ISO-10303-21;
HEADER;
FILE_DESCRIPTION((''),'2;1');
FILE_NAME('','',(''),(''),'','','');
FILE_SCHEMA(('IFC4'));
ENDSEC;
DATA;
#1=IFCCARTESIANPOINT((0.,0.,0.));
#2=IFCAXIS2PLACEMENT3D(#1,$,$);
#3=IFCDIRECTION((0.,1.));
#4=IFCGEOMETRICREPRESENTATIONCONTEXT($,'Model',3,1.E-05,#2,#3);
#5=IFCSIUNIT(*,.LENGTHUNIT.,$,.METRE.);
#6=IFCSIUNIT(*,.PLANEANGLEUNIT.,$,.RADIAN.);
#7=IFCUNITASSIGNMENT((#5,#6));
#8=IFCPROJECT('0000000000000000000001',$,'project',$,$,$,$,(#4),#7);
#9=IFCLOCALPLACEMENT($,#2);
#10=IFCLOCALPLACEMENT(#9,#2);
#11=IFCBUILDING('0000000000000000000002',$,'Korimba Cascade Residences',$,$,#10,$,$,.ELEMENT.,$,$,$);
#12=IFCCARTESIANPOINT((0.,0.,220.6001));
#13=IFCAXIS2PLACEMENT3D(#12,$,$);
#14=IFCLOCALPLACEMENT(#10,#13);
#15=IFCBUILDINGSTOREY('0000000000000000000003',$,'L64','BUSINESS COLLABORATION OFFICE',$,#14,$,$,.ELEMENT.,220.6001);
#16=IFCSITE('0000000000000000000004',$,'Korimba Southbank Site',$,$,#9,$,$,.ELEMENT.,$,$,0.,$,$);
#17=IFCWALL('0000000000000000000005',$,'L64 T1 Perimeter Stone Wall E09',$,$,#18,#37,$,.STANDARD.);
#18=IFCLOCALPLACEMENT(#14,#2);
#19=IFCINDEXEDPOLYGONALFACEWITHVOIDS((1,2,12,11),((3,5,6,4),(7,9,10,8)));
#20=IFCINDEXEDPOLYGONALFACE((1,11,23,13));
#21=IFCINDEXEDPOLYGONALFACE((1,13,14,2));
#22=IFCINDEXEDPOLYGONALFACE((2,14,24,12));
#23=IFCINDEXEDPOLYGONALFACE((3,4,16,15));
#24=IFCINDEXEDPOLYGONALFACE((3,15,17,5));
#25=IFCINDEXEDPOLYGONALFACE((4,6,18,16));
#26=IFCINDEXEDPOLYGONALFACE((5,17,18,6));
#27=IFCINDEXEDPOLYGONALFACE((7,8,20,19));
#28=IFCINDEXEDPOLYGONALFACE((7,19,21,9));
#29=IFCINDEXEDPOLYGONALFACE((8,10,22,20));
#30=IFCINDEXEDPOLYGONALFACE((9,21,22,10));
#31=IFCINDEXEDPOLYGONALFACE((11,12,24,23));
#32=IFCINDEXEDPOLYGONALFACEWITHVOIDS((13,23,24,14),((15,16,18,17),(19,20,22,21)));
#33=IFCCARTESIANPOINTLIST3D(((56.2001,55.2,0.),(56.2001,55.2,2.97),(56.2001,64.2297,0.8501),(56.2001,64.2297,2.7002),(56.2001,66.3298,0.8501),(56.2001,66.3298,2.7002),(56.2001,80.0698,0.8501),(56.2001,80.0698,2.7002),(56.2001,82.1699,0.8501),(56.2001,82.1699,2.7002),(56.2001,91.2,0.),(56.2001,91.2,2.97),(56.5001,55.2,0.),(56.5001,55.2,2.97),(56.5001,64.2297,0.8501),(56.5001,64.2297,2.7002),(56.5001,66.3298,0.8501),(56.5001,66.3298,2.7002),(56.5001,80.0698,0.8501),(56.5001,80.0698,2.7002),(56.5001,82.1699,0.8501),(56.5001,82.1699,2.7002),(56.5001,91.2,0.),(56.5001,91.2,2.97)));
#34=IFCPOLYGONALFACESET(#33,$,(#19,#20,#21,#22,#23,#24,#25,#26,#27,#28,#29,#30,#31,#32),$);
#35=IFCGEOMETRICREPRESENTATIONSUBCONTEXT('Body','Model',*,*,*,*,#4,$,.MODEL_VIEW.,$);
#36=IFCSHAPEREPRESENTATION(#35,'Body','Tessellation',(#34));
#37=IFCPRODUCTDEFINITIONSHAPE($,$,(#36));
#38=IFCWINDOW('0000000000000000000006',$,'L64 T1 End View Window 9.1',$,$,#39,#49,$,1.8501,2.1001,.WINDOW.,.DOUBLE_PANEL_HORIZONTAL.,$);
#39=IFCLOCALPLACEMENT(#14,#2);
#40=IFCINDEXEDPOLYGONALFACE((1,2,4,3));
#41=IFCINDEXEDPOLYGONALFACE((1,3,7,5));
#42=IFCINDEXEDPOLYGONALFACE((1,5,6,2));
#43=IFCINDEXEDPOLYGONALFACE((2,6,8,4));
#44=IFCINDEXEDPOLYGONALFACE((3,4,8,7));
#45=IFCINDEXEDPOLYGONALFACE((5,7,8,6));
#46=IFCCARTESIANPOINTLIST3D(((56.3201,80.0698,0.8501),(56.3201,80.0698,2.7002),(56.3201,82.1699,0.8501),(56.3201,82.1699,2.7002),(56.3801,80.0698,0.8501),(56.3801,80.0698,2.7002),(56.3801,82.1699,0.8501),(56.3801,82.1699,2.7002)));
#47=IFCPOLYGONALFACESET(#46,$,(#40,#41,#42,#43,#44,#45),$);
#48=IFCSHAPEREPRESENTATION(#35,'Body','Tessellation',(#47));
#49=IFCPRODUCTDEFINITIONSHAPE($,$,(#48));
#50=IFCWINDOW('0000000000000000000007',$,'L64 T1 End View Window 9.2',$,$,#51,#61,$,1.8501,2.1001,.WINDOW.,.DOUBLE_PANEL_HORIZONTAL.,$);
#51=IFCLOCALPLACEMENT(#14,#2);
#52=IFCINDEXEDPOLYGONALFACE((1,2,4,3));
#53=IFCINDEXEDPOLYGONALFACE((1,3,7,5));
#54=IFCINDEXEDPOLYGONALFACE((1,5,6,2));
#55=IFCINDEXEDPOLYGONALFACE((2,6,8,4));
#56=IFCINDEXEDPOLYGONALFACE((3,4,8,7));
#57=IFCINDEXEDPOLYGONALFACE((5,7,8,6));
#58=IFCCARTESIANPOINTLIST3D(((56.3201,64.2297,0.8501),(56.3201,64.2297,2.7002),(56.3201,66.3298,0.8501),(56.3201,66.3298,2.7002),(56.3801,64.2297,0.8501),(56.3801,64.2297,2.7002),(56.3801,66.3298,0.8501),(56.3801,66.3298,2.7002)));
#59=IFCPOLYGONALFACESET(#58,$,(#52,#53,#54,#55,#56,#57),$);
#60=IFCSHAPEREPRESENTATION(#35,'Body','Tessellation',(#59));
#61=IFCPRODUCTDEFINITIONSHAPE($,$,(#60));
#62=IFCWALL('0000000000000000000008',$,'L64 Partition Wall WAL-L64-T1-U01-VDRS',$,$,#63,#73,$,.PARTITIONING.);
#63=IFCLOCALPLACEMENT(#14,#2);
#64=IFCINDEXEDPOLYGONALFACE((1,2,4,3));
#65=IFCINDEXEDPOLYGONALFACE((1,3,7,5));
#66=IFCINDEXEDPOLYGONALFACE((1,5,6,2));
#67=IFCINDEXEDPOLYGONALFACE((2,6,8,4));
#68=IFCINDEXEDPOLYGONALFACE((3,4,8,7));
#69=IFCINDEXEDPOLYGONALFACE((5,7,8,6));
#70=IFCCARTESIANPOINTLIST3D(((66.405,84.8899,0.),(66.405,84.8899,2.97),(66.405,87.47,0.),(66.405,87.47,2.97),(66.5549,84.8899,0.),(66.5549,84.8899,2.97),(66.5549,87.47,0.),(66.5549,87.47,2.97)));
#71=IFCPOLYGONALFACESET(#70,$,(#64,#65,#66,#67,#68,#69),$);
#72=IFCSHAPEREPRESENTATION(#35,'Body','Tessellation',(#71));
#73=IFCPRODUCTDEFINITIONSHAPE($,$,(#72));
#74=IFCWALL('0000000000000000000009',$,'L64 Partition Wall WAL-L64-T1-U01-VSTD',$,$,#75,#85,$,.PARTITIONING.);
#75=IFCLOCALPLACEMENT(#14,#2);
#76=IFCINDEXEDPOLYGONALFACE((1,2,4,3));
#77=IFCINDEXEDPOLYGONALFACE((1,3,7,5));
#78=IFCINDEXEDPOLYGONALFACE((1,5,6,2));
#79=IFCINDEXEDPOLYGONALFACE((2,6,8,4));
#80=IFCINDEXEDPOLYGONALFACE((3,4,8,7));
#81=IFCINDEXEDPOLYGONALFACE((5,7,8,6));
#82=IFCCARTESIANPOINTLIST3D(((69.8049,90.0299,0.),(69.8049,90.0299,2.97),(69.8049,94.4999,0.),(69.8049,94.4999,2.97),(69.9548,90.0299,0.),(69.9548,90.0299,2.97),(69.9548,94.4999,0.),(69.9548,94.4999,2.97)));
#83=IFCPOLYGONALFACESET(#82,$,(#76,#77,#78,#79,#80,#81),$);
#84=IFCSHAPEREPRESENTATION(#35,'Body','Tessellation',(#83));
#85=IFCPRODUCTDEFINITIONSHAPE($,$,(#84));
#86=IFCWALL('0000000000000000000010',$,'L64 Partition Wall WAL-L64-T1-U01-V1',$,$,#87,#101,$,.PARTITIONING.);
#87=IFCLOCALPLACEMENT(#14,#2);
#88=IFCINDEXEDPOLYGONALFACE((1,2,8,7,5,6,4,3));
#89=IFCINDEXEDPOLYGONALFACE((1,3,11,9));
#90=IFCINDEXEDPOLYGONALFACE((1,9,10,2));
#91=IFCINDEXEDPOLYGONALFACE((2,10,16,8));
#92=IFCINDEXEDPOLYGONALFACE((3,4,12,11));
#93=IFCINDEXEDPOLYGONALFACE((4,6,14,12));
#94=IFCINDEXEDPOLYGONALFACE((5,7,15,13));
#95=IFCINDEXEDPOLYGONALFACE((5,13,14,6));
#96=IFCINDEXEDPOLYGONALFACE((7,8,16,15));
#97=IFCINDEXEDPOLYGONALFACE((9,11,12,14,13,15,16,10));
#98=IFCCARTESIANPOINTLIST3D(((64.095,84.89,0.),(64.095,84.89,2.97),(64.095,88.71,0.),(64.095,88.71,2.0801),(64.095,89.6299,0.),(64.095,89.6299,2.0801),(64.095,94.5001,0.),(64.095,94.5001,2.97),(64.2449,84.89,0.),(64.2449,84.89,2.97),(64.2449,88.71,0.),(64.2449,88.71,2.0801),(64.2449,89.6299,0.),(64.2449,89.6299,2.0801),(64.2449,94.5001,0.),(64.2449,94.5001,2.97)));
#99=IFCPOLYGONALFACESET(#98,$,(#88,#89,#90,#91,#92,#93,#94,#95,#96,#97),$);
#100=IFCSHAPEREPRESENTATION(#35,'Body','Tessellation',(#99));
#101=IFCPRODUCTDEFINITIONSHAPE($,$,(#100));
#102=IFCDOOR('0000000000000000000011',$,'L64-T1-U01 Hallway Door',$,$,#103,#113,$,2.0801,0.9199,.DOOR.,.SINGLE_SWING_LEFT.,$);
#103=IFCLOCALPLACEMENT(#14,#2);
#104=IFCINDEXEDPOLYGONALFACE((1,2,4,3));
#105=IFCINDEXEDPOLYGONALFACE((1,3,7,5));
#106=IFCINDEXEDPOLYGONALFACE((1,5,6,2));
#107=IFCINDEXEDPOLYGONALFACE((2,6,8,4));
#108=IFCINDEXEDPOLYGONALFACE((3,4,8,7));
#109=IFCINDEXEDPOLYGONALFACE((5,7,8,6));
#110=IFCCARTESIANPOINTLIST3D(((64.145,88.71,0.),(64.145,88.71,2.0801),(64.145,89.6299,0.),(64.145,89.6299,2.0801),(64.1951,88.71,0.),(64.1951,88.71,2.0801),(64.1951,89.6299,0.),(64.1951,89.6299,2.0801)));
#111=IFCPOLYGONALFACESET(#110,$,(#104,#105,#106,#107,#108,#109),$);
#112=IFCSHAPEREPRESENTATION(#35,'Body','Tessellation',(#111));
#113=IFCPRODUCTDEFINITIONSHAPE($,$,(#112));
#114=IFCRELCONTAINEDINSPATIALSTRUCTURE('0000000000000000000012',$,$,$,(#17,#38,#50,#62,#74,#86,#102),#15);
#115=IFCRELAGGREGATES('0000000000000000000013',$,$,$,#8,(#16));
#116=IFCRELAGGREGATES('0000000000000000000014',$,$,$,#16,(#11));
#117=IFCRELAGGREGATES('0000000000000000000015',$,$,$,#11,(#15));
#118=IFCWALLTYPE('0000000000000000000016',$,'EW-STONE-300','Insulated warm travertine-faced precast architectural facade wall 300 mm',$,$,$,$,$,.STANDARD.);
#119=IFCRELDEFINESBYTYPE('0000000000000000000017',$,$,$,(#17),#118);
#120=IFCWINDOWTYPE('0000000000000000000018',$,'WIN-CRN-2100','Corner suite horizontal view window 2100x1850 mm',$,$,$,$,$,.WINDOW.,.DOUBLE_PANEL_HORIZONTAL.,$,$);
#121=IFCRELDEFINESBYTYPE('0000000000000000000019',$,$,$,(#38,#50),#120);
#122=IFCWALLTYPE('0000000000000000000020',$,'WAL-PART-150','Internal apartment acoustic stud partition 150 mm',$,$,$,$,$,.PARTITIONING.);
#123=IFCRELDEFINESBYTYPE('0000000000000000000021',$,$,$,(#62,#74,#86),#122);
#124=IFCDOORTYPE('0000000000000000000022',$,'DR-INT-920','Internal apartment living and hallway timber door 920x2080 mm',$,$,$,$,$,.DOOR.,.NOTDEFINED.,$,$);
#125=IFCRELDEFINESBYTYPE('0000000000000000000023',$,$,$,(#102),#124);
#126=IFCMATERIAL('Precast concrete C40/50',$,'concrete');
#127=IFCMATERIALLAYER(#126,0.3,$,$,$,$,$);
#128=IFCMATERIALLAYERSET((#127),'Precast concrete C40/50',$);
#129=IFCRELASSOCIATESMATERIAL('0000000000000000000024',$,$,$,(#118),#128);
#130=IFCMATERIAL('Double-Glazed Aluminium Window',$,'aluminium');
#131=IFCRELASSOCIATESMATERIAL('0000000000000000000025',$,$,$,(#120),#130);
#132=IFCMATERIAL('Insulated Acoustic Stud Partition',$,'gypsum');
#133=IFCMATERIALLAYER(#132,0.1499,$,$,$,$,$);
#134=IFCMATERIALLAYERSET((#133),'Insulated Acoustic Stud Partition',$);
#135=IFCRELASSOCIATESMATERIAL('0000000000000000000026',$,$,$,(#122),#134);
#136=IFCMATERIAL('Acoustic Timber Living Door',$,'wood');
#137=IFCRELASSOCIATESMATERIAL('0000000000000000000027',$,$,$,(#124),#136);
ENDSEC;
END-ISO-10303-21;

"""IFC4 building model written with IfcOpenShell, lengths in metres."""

from ifc_helpers import new_model, si_unit, direction, frame, frame_2d, origin, place, context, subcontext, project, spatial, rectangle, extrude, material, layer, layer_set, type_object, element, fill, save


model = new_model("IFC4")

# Units and contexts
model_context = context("Model", 3, precision=1e-05, world=origin(), true_north=direction((0.0, 1.0)))
body_context = subcontext(model_context, "Body", "Model", "MODEL_VIEW")
ifc_project = project(units=[si_unit("LENGTHUNIT", "METRE"), si_unit("PLANEANGLEUNIT", "RADIAN")], contexts=[model_context])

# Site, building, storey
site_placement = place(None, origin())
site = spatial("IfcSite", under=ifc_project, at=site_placement, Name="Korimba Southbank Site", CompositionType="ELEMENT", RefElevation=0.0)
building_placement = place(site_placement, origin())
building = spatial("IfcBuilding", under=site, at=building_placement, Name="Korimba Cascade Residences", CompositionType="ELEMENT")
storey_placement = place(building_placement, frame((0.0, 0.0, 220.6001)))
storey = spatial("IfcBuildingStorey", under=building, at=storey_placement, Name="L64", Description="BUSINESS COLLABORATION OFFICE", CompositionType="ELEMENT", Elevation=220.6001)

# Shared definitions
ifc_material_1 = material(Name="Precast concrete C40/50", Category="concrete")
ifc_layer_1 = layer(ifc_material_1, 0.3)
ifc_layer_set_1 = layer_set([ifc_layer_1], Name="Precast concrete C40/50")
wall_type_1 = type_object("IfcWallType", Name="EW-STONE-300", Description="Insulated warm travertine-faced precast architectural facade wall 300 mm", PredefinedType="STANDARD", material=ifc_layer_set_1)

# Wall, openings, windows
wall_1_placement = place(storey_placement, frame((56.3501, 91.2, 0.0), z_axis=(0.0, 0.0, 1.0), x_axis=(0.0, -1.0, 0.0)))
wall_1 = element("IfcWall", 1, at=wall_1_placement, inside=storey, type_object=wall_type_1, Name="L64 T1 Perimeter Stone Wall E09", PredefinedType="STANDARD", context=body_context, shape_type="SweptSolid", body=[
    extrude(rectangle(XDim=36.0, YDim=0.3, at=frame_2d((18.0, 0.0))), origin(), (0.0, 0.0, 1.0), 2.97),
])
opening_1_placement = place(wall_1_placement, frame((9.03, 0.0, 0.8501)))
opening_1 = element("IfcOpeningElement", 2, at=opening_1_placement, cuts=wall_1, PredefinedType="OPENING", context=body_context, shape_type="SweptSolid", body=[
    extrude(rectangle(XDim=2.1001, YDim=1.8501, at=frame_2d((1.05, 0.925))), frame((0.0, 0.1602, 0.0), z_axis=(0.0, -1.0, 0.0), x_axis=(1.0, 0.0, 0.0)), (0.0, 0.0, 1.0), 0.3201),
])
opening_2_placement = place(wall_1_placement, frame((24.8701, 0.0, 0.8501)))
opening_2 = element("IfcOpeningElement", 3, at=opening_2_placement, cuts=wall_1, PredefinedType="OPENING", context=body_context, shape_type="SweptSolid", body=[
    extrude(rectangle(XDim=2.1001, YDim=1.8501, at=frame_2d((1.05, 0.925))), frame((0.0, 0.1602, 0.0), z_axis=(0.0, -1.0, 0.0), x_axis=(1.0, 0.0, 0.0)), (0.0, 0.0, 1.0), 0.3201),
])
ifc_material_2 = material(Name="Double-Glazed Aluminium Window", Category="aluminium")
window_type = type_object("IfcWindowType", Name="WIN-CRN-2100", Description="Corner suite horizontal view window 2100x1850 mm", PartitioningType="DOUBLE_PANEL_HORIZONTAL", PredefinedType="WINDOW", material=ifc_material_2)
window_1_placement = place(opening_1_placement, origin())
window_1 = element("IfcWindow", 4, at=window_1_placement, inside=storey, type_object=window_type, Name="L64 T1 End View Window 9.1", OverallHeight=1.8501, OverallWidth=2.1001, PartitioningType="DOUBLE_PANEL_HORIZONTAL", PredefinedType="WINDOW", context=body_context, shape_type="SweptSolid", body=[
    extrude(rectangle(XDim=2.1001, YDim=1.8501, at=frame_2d((1.05, 0.925))), frame((0.0, 0.03, 0.0), z_axis=(0.0, -1.0, 0.0), x_axis=(1.0, 0.0, 0.0)), (0.0, 0.0, 1.0), 0.0601),
])
fill(opening_1, window_1)
window_2_placement = place(opening_2_placement, origin())
window_2 = element("IfcWindow", 5, at=window_2_placement, inside=storey, type_object=window_type, Name="L64 T1 End View Window 9.2", OverallHeight=1.8501, OverallWidth=2.1001, PartitioningType="DOUBLE_PANEL_HORIZONTAL", PredefinedType="WINDOW", context=body_context, shape_type="SweptSolid", body=[
    extrude(rectangle(XDim=2.1001, YDim=1.8501, at=frame_2d((1.05, 0.925))), frame((0.0, 0.03, 0.0), z_axis=(0.0, -1.0, 0.0), x_axis=(1.0, 0.0, 0.0)), (0.0, 0.0, 1.0), 0.0601),
])
fill(opening_2, window_2)

# Walls
ifc_material_3 = material(Name="Insulated Acoustic Stud Partition", Category="gypsum")
ifc_layer_2 = layer(ifc_material_3, 0.1499)
ifc_layer_set_2 = layer_set([ifc_layer_2], Name="Insulated Acoustic Stud Partition")
wall_type_2 = type_object("IfcWallType", Name="WAL-PART-150", Description="Internal apartment acoustic stud partition 150 mm", PredefinedType="PARTITIONING", material=ifc_layer_set_2)
wall_2_placement = place(storey_placement, frame((66.48, 84.8899, 0.0), z_axis=(0.0, 0.0, 1.0), x_axis=(0.0, 1.0, 0.0)))
element("IfcWall", 6, at=wall_2_placement, inside=storey, type_object=wall_type_2, Name="L64 Partition Wall WAL-L64-T1-U01-VDRS", PredefinedType="PARTITIONING", context=body_context, shape_type="SweptSolid", body=[
    extrude(rectangle(XDim=2.5801, YDim=0.1499, at=frame_2d((1.29, 0.0))), origin(), (0.0, 0.0, 1.0), 2.97),
])
wall_3_placement = place(storey_placement, frame((69.8799, 90.03, 0.0), z_axis=(0.0, 0.0, 1.0), x_axis=(0.0, 1.0, 0.0)))
element("IfcWall", 7, at=wall_3_placement, inside=storey, type_object=wall_type_2, Name="L64 Partition Wall WAL-L64-T1-U01-VSTD", PredefinedType="PARTITIONING", context=body_context, shape_type="SweptSolid", body=[
    extrude(rectangle(XDim=4.47, YDim=0.1499, at=frame_2d((2.2349, 0.0))), origin(), (0.0, 0.0, 1.0), 2.97),
])

# Wall, opening, door
wall_4_placement = place(storey_placement, frame((64.1699, 84.8899, 0.0), z_axis=(0.0, 0.0, 1.0), x_axis=(0.0, 1.0, 0.0)))
wall_4 = element("IfcWall", 8, at=wall_4_placement, inside=storey, type_object=wall_type_2, Name="L64 Partition Wall WAL-L64-T1-U01-V1", PredefinedType="PARTITIONING", context=body_context, shape_type="SweptSolid", body=[
    extrude(rectangle(XDim=9.6101, YDim=0.1499, at=frame_2d((4.8052, 0.0))), origin(), (0.0, 0.0, 1.0), 2.97),
])
opening_3_placement = place(wall_4_placement, frame((3.8201, 0.0, 0.0)))
opening_3 = element("IfcOpeningElement", 9, at=opening_3_placement, cuts=wall_4, PredefinedType="OPENING", context=body_context, shape_type="SweptSolid", body=[
    extrude(rectangle(XDim=0.9199, YDim=2.0801, at=frame_2d((0.46, 1.04))), frame((0.0, 0.085, 0.0), z_axis=(0.0, -1.0, 0.0), x_axis=(1.0, 0.0, 0.0)), (0.0, 0.0, 1.0), 0.1699),
])
ifc_material_4 = material(Name="Acoustic Timber Living Door", Category="wood")
door_type_1 = type_object("IfcDoorType", Name="DR-INT-920", Description="Internal apartment living and hallway timber door 920x2080 mm", OperationType="NOTDEFINED", PredefinedType="DOOR", material=ifc_material_4)
door_1_placement = place(opening_3_placement, origin())
door_1 = element("IfcDoor", 10, at=door_1_placement, inside=storey, type_object=door_type_1, Name="L64-T1-U01 Hallway Door", OperationType="SINGLE_SWING_LEFT", OverallHeight=2.0801, OverallWidth=0.9199, PredefinedType="DOOR", context=body_context, shape_type="SweptSolid", body=[
    extrude(rectangle(XDim=0.9199, YDim=2.0801, at=frame_2d((0.46, 1.04))), frame((0.0, 0.0249, 0.0), z_axis=(0.0, -1.0, 0.0), x_axis=(1.0, 0.0, 0.0)), (0.0, 0.0, 1.0), 0.05),
])
fill(opening_3, door_1)

save(model, "model.ifc")
